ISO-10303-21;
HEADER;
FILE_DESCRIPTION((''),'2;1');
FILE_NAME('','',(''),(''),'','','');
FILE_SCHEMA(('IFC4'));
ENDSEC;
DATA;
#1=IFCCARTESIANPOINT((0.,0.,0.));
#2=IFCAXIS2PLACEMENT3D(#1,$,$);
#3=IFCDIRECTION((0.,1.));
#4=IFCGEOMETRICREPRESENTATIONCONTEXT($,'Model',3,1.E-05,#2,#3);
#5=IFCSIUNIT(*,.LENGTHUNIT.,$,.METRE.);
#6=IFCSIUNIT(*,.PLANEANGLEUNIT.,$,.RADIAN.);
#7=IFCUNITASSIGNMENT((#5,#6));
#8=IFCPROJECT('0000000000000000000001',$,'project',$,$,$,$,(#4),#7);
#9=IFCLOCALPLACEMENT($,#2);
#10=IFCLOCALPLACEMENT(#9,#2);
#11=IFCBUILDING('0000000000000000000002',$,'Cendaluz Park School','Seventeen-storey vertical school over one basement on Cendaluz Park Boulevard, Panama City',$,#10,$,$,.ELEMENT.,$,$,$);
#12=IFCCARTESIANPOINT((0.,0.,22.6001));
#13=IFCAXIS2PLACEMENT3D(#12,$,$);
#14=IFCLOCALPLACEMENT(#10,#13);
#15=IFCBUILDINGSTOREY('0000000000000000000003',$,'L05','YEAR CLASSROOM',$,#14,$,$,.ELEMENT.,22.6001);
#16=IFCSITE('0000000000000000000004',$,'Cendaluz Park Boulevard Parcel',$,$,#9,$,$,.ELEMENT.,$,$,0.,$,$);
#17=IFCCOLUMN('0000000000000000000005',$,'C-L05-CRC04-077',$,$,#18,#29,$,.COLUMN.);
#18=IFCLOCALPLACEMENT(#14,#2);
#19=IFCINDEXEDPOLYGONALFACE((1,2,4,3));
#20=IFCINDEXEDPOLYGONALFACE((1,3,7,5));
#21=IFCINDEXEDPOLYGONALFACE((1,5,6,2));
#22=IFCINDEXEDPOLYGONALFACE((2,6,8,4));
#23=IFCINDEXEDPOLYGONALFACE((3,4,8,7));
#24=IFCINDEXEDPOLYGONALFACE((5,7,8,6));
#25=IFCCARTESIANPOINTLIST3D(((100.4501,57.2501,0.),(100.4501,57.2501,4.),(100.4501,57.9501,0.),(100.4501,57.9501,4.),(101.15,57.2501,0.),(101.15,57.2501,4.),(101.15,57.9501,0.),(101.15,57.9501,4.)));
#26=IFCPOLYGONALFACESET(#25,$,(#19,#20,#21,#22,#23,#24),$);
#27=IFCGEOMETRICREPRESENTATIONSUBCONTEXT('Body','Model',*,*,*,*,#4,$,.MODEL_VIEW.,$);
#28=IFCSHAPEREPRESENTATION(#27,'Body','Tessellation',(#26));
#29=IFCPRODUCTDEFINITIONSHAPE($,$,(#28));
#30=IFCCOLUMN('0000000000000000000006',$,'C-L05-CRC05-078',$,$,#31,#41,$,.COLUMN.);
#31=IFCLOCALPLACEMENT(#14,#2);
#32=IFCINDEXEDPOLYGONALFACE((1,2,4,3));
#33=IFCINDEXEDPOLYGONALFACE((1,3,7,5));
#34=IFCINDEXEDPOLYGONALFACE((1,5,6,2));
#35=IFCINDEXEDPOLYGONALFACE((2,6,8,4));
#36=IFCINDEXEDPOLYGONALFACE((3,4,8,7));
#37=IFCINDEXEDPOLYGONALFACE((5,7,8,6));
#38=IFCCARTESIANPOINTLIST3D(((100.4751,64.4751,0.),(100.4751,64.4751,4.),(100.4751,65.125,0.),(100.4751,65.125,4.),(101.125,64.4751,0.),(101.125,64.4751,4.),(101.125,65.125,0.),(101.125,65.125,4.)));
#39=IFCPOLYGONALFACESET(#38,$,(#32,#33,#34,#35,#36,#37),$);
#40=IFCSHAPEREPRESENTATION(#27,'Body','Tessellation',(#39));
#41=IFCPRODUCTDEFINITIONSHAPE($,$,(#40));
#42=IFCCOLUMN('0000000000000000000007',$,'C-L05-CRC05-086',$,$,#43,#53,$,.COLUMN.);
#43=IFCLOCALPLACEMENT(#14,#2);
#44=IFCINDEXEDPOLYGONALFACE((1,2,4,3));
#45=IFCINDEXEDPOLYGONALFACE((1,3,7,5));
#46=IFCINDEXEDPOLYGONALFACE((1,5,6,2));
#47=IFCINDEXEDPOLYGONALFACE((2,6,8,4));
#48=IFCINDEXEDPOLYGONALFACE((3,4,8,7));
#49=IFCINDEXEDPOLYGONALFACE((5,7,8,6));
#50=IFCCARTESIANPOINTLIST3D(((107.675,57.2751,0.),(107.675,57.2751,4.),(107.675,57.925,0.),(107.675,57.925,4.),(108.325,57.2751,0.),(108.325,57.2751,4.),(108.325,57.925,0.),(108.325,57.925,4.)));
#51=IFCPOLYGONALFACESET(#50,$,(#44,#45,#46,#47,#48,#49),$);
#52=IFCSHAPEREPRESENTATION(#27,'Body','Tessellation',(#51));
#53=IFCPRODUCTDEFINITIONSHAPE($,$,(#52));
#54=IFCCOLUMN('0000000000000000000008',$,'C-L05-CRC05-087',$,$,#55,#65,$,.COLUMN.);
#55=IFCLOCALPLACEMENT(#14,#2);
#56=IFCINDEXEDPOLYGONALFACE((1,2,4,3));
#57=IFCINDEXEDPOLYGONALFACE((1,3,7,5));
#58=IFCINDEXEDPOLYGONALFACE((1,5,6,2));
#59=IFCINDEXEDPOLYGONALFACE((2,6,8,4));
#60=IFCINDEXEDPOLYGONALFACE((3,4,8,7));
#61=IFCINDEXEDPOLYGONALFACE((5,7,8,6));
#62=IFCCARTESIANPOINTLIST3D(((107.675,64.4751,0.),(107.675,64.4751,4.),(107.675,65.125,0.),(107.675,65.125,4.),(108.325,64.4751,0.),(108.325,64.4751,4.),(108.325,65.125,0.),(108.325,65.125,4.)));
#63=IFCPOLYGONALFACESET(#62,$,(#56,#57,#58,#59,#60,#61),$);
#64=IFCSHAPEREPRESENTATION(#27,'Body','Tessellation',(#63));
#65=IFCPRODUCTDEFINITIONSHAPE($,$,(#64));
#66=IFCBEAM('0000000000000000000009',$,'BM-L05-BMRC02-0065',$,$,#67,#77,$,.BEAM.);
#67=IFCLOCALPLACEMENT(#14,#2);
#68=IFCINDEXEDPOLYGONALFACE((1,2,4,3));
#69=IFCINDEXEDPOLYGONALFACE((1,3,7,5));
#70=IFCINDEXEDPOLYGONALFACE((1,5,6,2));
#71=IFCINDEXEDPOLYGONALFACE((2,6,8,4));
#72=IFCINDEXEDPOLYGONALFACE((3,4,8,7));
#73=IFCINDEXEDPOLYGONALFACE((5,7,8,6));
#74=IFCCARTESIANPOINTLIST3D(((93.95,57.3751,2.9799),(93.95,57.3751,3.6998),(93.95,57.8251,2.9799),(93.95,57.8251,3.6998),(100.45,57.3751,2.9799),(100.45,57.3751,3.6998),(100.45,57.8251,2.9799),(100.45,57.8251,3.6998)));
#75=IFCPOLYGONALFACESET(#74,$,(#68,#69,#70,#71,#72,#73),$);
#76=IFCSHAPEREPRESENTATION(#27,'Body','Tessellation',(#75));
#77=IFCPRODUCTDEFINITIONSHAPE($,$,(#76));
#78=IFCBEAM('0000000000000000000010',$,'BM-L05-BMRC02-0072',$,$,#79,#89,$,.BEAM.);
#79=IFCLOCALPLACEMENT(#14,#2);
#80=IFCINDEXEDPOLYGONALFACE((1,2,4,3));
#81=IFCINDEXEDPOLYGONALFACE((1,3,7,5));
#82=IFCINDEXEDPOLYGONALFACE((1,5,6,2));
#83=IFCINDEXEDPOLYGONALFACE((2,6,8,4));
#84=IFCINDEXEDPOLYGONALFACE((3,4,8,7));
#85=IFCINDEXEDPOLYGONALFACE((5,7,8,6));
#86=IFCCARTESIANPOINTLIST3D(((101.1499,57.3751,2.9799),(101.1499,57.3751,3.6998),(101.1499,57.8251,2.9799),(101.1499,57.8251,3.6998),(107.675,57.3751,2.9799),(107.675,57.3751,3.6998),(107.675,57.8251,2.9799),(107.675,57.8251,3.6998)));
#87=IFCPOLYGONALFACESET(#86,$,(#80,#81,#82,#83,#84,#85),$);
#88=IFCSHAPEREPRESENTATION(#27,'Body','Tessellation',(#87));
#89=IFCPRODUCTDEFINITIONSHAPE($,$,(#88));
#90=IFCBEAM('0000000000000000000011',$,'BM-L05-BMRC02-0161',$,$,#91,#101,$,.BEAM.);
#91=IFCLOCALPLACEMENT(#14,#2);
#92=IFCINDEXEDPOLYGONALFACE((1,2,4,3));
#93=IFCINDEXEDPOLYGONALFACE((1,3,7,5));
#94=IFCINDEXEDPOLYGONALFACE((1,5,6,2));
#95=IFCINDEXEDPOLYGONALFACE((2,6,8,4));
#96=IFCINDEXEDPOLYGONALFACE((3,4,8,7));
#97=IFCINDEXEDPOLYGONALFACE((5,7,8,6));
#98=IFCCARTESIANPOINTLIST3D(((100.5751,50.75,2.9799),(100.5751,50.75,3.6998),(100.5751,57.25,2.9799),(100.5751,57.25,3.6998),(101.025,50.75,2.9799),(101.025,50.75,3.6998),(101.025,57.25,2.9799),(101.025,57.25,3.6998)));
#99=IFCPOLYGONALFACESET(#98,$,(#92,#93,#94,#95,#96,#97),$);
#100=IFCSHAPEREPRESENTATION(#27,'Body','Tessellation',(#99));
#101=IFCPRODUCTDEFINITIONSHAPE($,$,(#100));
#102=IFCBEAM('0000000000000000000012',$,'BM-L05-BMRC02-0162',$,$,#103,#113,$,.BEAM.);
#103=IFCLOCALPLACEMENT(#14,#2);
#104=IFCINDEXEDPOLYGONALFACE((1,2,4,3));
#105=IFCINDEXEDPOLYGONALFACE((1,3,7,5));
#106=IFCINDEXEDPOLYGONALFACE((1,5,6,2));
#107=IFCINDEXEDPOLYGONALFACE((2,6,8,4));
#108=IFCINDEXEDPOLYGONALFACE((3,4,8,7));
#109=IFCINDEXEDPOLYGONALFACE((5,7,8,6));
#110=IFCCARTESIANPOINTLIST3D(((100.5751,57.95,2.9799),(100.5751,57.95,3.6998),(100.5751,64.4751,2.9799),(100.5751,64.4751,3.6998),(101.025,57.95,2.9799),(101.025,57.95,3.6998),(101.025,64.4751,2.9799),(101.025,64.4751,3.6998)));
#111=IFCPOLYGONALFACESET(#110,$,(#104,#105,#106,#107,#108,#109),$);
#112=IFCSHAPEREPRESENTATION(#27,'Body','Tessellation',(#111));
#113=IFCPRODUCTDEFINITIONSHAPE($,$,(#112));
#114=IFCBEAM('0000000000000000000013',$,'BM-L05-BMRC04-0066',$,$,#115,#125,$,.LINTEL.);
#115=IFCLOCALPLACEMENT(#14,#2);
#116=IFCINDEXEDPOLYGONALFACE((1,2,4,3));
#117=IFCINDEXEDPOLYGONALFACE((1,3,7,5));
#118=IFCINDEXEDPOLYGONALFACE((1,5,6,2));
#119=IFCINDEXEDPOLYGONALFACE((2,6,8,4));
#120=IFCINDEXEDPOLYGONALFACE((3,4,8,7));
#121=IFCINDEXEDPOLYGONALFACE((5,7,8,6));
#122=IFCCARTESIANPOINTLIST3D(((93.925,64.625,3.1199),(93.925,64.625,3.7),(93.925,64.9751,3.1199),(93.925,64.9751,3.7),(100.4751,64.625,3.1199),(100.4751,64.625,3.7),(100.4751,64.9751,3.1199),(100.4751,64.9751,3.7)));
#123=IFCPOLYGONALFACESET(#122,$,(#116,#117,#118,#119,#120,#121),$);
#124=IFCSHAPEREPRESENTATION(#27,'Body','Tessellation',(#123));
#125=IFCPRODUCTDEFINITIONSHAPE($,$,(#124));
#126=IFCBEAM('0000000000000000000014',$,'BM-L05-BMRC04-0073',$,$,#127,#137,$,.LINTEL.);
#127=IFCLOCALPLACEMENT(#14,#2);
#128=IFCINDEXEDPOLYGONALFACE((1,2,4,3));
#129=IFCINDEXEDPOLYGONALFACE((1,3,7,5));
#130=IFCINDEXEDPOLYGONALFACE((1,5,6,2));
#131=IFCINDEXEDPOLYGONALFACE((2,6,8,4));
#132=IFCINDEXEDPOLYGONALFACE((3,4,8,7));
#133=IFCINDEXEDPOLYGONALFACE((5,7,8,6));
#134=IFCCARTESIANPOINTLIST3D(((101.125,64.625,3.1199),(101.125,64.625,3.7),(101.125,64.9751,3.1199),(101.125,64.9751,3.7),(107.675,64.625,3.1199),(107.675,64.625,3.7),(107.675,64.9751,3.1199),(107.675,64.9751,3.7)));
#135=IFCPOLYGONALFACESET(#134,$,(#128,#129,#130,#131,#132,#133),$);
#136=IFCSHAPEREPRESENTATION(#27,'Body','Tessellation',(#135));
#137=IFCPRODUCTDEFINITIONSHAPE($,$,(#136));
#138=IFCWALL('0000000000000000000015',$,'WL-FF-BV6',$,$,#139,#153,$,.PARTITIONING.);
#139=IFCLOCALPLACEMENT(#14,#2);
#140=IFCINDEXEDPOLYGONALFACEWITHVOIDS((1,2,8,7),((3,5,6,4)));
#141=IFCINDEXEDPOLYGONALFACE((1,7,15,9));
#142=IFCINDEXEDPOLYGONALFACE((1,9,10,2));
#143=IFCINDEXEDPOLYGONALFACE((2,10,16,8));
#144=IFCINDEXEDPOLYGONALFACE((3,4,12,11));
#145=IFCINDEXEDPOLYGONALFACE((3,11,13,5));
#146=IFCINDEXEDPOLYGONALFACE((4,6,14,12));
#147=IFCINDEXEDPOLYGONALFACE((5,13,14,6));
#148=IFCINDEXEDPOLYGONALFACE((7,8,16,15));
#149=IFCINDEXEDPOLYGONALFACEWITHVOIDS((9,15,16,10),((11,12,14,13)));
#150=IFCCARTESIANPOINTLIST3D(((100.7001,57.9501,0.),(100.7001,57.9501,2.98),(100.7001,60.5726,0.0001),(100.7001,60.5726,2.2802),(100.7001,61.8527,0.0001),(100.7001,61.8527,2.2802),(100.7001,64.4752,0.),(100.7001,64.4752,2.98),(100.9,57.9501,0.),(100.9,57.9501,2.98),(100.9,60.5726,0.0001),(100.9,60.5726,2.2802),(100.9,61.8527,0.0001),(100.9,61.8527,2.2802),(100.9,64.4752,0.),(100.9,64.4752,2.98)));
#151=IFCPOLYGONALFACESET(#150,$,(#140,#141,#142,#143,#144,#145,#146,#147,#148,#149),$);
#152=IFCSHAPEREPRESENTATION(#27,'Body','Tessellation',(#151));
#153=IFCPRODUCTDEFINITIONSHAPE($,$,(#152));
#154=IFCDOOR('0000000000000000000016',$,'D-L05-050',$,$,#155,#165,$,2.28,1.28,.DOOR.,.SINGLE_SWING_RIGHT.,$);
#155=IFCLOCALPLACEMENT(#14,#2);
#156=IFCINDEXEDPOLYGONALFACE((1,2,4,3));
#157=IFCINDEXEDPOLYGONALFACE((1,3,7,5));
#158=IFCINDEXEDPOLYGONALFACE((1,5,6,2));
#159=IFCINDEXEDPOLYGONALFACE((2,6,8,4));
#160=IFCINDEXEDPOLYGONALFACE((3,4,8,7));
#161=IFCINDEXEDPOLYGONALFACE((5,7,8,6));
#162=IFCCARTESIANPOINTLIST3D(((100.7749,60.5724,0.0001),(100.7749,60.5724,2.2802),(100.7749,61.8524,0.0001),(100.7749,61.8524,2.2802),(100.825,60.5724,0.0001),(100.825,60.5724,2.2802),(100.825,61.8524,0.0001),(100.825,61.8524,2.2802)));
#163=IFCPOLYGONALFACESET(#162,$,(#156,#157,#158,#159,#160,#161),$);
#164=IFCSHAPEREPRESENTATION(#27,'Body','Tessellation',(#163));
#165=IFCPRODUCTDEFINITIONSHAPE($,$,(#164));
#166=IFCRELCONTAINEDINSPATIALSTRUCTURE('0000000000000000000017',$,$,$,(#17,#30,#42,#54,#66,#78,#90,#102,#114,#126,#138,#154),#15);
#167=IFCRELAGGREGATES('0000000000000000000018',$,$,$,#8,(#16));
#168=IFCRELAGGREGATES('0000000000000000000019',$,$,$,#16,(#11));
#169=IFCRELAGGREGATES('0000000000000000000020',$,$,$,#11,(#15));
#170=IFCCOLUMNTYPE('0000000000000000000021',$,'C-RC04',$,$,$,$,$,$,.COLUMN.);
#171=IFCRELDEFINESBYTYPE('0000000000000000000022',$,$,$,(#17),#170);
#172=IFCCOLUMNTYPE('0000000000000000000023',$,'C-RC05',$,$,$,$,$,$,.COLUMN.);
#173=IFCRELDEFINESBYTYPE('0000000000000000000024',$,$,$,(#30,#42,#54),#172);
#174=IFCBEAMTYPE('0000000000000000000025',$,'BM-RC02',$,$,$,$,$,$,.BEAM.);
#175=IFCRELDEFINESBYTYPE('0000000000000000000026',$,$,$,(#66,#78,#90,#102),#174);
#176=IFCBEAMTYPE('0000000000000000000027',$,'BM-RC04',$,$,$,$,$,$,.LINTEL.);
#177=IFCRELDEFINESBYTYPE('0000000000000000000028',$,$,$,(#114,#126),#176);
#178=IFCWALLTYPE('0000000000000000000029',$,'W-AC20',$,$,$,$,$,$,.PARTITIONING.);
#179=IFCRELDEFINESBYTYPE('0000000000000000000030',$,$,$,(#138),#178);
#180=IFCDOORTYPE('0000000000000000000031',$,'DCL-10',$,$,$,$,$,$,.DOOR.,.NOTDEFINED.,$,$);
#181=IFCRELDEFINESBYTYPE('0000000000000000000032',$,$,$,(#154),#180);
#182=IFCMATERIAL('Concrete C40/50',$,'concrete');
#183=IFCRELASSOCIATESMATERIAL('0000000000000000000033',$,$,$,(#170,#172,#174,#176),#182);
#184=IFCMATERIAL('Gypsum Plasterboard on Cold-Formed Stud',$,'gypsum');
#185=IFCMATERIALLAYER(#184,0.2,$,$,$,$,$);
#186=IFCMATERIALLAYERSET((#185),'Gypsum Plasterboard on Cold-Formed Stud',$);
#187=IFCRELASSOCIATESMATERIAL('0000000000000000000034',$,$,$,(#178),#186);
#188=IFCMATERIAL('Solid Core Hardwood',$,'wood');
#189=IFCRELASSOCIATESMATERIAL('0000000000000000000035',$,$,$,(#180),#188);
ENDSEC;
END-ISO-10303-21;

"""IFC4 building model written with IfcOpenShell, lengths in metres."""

from ifc_helpers import new_model, si_unit, direction, frame, frame_2d, origin, origin_2d, place, context, subcontext, project, spatial, rectangle, extrude, material, layer, layer_set, material_profile, profile_set, type_object, element, fill, save


model = new_model("IFC4")

# Units and contexts
model_context = context("Model", 3, precision=1e-05, world=origin(), true_north=direction((0.0, 1.0)))
body_context = subcontext(model_context, "Body", "Model", "MODEL_VIEW")
ifc_project = project(units=[si_unit("LENGTHUNIT", "METRE"), si_unit("PLANEANGLEUNIT", "RADIAN")], contexts=[model_context])

# Site, building, storey
site_placement = place(None, origin())
site = spatial("IfcSite", under=ifc_project, at=site_placement, Name="Cendaluz Park Boulevard Parcel", CompositionType="ELEMENT", RefElevation=0.0)
building_placement = place(site_placement, origin())
building = spatial("IfcBuilding", under=site, at=building_placement, Name="Cendaluz Park School", Description="Seventeen-storey vertical school over one basement on Cendaluz Park Boulevard, Panama City", CompositionType="ELEMENT")
storey_placement = place(building_placement, frame((0.0, 0.0, 22.6001)))
storey = spatial("IfcBuildingStorey", under=building, at=storey_placement, Name="L05", Description="YEAR CLASSROOM", CompositionType="ELEMENT", Elevation=22.6001)

# Columns
ifc_material_1 = material(Name="Concrete C40/50", Category="concrete")
ifc_material_profile_1 = material_profile(ifc_material_1, rectangle(XDim=0.7, YDim=0.7, at=origin_2d()), Name="RC 700x700", Category="concrete")
ifc_profile_set_1 = profile_set([ifc_material_profile_1], Name="Concrete C40/50")
column_type_1 = type_object("IfcColumnType", Name="C-RC04", PredefinedType="COLUMN", material=ifc_profile_set_1)
column_placement = place(storey_placement, frame((100.8, 57.6001, 0.0), z_axis=(0.0, 0.0, 1.0), x_axis=(1.0, 0.0, 0.0)))
element("IfcColumn", 1, at=column_placement, inside=storey, type_object=column_type_1, Name="C-L05-CRC04-077", PredefinedType="COLUMN", context=body_context, shape_type="SweptSolid", body=[
    extrude(rectangle(XDim=0.7, YDim=0.7, at=origin_2d()), origin(), (0.0, 0.0, 1.0), 4.0),
])
ifc_material_profile_2 = material_profile(ifc_material_1, rectangle(XDim=0.6499, YDim=0.6499, at=origin_2d()), Name="RC 650x650", Category="concrete")
ifc_profile_set_2 = profile_set([ifc_material_profile_2], Name="Concrete C40/50")
column_type_2 = type_object("IfcColumnType", Name="C-RC05", PredefinedType="COLUMN", material=ifc_profile_set_2)
for number, where, z_axis, x_axis, name in (
    (2, (100.8, 64.8, 0.0), (0.0, 0.0, 1.0), (1.0, 0.0, 0.0), "C-L05-CRC05-078"),
    (3, (108.0, 57.6001, 0.0), (0.0, 0.0, 1.0), (1.0, 0.0, 0.0), "C-L05-CRC05-086"),
    (4, (108.0, 64.8, 0.0), (0.0, 0.0, 1.0), (1.0, 0.0, 0.0), "C-L05-CRC05-087"),
):
    element("IfcColumn", number, at=place(storey_placement, frame(where, z_axis=z_axis, x_axis=x_axis)), inside=storey, type_object=column_type_2, Name=name, PredefinedType="COLUMN", context=body_context, shape_type="SweptSolid", body=[
        extrude(rectangle(XDim=0.6499, YDim=0.6499, at=origin_2d()), origin(), (0.0, 0.0, 1.0), 4.0),
    ])

# Beams
ifc_material_profile_3 = material_profile(ifc_material_1, rectangle(XDim=0.45, YDim=0.72, at=origin_2d()), Name="RC 450x720", Category="concrete")
ifc_profile_set_3 = profile_set([ifc_material_profile_3], Name="Concrete C40/50")
beam_type_1 = type_object("IfcBeamType", Name="BM-RC02", PredefinedType="BEAM", material=ifc_profile_set_3)
beam_1_placement = place(storey_placement, frame((93.95, 57.6001, 3.3398), z_axis=(1.0, 0.0, 0.0), x_axis=(0.0, 1.0, 0.0)))
element("IfcBeam", 5, at=beam_1_placement, inside=storey, type_object=beam_type_1, Name="BM-L05-BMRC02-0065", PredefinedType="BEAM", context=body_context, shape_type="SweptSolid", body=[
    extrude(rectangle(XDim=0.45, YDim=0.72, at=origin_2d()), origin(), (0.0, 0.0, 1.0), 6.5),
])
beam_2_placement = place(storey_placement, frame((101.1499, 57.6001, 3.3398), z_axis=(1.0, 0.0, 0.0), x_axis=(0.0, 1.0, 0.0)))
element("IfcBeam", 6, at=beam_2_placement, inside=storey, type_object=beam_type_1, Name="BM-L05-BMRC02-0072", PredefinedType="BEAM", context=body_context, shape_type="SweptSolid", body=[
    extrude(rectangle(XDim=0.45, YDim=0.72, at=origin_2d()), origin(), (0.0, 0.0, 1.0), 6.5251),
])
beam_3_placement = place(storey_placement, frame((100.8, 50.75, 3.3398), z_axis=(0.0, 1.0, 0.0), x_axis=(-1.0, 0.0, 0.0)))
element("IfcBeam", 7, at=beam_3_placement, inside=storey, type_object=beam_type_1, Name="BM-L05-BMRC02-0161", PredefinedType="BEAM", context=body_context, shape_type="SweptSolid", body=[
    extrude(rectangle(XDim=0.45, YDim=0.72, at=origin_2d()), origin(), (0.0, 0.0, 1.0), 6.5),
])
beam_4_placement = place(storey_placement, frame((100.8, 57.95, 3.3398), z_axis=(0.0, 1.0, 0.0), x_axis=(-1.0, 0.0, 0.0)))
element("IfcBeam", 8, at=beam_4_placement, inside=storey, type_object=beam_type_1, Name="BM-L05-BMRC02-0162", PredefinedType="BEAM", context=body_context, shape_type="SweptSolid", body=[
    extrude(rectangle(XDim=0.45, YDim=0.72, at=origin_2d()), origin(), (0.0, 0.0, 1.0), 6.5251),
])
ifc_material_profile_4 = material_profile(ifc_material_1, rectangle(XDim=0.3501, YDim=0.5801, at=origin_2d()), Name="RC 350x580", Category="concrete")
ifc_profile_set_4 = profile_set([ifc_material_profile_4], Name="Concrete C40/50")
beam_type_2 = type_object("IfcBeamType", Name="BM-RC04", PredefinedType="LINTEL", material=ifc_profile_set_4)
for number, where, z_axis, x_axis, name in (
    (9, (93.925, 64.8, 3.4099), (1.0, 0.0, 0.0), (0.0, 1.0, 0.0), "BM-L05-BMRC04-0066"),
    (10, (101.125, 64.8, 3.4099), (1.0, 0.0, 0.0), (0.0, 1.0, 0.0), "BM-L05-BMRC04-0073"),
):
    element("IfcBeam", number, at=place(storey_placement, frame(where, z_axis=z_axis, x_axis=x_axis)), inside=storey, type_object=beam_type_2, Name=name, PredefinedType="LINTEL", context=body_context, shape_type="SweptSolid", body=[
        extrude(rectangle(XDim=0.3501, YDim=0.5801, at=origin_2d()), origin(), (0.0, 0.0, 1.0), 6.55),
    ])

# Wall, opening, door
ifc_material_2 = material(Name="Gypsum Plasterboard on Cold-Formed Stud", Category="gypsum")
ifc_layer_1 = layer(ifc_material_2, 0.2)
ifc_layer_set_1 = layer_set([ifc_layer_1], Name="Gypsum Plasterboard on Cold-Formed Stud")
wall_type_1 = type_object("IfcWallType", Name="W-AC20", PredefinedType="PARTITIONING", material=ifc_layer_set_1)
wall_1_placement = place(storey_placement, frame((100.8, 57.95, 0.0), z_axis=(0.0, 0.0, 1.0), x_axis=(0.0, 1.0, 0.0)))
wall_1 = element("IfcWall", 11, at=wall_1_placement, inside=storey, type_object=wall_type_1, Name="WL-FF-BV6", PredefinedType="PARTITIONING", context=body_context, shape_type="SweptSolid", body=[
    extrude(rectangle(XDim=6.5251, YDim=0.2, at=frame_2d((3.2627, 0.0))), origin(), (0.0, 0.0, 1.0), 2.98),
])
opening_1_placement = place(wall_1_placement, frame((2.6226, 0.0, 0.0)))
opening_1 = element("IfcOpeningElement", 12, at=opening_1_placement, cuts=wall_1, PredefinedType="OPENING", context=body_context, shape_type="SweptSolid", body=[
    extrude(rectangle(XDim=1.28, YDim=2.28, at=frame_2d((0.6401, 1.1401))), frame((0.0, 0.1121, 0.0), z_axis=(0.0, -1.0, 0.0), x_axis=(1.0, 0.0, 0.0)), (0.0, 0.0, 1.0), 0.2239),
])
ifc_material_3 = material(Name="Solid Core Hardwood", Category="wood")
door_type_1 = type_object("IfcDoorType", Name="DCL-10", OperationType="NOTDEFINED", PredefinedType="DOOR", material=ifc_material_3)
door_1_placement = place(opening_1_placement, frame((1.28, 0.0, 0.0), z_axis=(0.0, 0.0, 1.0), x_axis=(-1.0, 0.0, 0.0)))
door_1 = element("IfcDoor", 13, at=door_1_placement, inside=storey, type_object=door_type_1, Name="D-L05-050", OperationType="SINGLE_SWING_RIGHT", OverallHeight=2.28, OverallWidth=1.28, PredefinedType="DOOR", context=body_context, shape_type="SweptSolid", body=[
    extrude(rectangle(XDim=1.28, YDim=2.28, at=frame_2d((0.6401, 1.1401))), frame((0.0, 0.0249, 0.0), z_axis=(0.0, -1.0, 0.0), x_axis=(1.0, 0.0, 0.0)), (0.0, 0.0, 1.0), 0.05),
])
fill(opening_1, door_1)

save(model, "model.ifc")
